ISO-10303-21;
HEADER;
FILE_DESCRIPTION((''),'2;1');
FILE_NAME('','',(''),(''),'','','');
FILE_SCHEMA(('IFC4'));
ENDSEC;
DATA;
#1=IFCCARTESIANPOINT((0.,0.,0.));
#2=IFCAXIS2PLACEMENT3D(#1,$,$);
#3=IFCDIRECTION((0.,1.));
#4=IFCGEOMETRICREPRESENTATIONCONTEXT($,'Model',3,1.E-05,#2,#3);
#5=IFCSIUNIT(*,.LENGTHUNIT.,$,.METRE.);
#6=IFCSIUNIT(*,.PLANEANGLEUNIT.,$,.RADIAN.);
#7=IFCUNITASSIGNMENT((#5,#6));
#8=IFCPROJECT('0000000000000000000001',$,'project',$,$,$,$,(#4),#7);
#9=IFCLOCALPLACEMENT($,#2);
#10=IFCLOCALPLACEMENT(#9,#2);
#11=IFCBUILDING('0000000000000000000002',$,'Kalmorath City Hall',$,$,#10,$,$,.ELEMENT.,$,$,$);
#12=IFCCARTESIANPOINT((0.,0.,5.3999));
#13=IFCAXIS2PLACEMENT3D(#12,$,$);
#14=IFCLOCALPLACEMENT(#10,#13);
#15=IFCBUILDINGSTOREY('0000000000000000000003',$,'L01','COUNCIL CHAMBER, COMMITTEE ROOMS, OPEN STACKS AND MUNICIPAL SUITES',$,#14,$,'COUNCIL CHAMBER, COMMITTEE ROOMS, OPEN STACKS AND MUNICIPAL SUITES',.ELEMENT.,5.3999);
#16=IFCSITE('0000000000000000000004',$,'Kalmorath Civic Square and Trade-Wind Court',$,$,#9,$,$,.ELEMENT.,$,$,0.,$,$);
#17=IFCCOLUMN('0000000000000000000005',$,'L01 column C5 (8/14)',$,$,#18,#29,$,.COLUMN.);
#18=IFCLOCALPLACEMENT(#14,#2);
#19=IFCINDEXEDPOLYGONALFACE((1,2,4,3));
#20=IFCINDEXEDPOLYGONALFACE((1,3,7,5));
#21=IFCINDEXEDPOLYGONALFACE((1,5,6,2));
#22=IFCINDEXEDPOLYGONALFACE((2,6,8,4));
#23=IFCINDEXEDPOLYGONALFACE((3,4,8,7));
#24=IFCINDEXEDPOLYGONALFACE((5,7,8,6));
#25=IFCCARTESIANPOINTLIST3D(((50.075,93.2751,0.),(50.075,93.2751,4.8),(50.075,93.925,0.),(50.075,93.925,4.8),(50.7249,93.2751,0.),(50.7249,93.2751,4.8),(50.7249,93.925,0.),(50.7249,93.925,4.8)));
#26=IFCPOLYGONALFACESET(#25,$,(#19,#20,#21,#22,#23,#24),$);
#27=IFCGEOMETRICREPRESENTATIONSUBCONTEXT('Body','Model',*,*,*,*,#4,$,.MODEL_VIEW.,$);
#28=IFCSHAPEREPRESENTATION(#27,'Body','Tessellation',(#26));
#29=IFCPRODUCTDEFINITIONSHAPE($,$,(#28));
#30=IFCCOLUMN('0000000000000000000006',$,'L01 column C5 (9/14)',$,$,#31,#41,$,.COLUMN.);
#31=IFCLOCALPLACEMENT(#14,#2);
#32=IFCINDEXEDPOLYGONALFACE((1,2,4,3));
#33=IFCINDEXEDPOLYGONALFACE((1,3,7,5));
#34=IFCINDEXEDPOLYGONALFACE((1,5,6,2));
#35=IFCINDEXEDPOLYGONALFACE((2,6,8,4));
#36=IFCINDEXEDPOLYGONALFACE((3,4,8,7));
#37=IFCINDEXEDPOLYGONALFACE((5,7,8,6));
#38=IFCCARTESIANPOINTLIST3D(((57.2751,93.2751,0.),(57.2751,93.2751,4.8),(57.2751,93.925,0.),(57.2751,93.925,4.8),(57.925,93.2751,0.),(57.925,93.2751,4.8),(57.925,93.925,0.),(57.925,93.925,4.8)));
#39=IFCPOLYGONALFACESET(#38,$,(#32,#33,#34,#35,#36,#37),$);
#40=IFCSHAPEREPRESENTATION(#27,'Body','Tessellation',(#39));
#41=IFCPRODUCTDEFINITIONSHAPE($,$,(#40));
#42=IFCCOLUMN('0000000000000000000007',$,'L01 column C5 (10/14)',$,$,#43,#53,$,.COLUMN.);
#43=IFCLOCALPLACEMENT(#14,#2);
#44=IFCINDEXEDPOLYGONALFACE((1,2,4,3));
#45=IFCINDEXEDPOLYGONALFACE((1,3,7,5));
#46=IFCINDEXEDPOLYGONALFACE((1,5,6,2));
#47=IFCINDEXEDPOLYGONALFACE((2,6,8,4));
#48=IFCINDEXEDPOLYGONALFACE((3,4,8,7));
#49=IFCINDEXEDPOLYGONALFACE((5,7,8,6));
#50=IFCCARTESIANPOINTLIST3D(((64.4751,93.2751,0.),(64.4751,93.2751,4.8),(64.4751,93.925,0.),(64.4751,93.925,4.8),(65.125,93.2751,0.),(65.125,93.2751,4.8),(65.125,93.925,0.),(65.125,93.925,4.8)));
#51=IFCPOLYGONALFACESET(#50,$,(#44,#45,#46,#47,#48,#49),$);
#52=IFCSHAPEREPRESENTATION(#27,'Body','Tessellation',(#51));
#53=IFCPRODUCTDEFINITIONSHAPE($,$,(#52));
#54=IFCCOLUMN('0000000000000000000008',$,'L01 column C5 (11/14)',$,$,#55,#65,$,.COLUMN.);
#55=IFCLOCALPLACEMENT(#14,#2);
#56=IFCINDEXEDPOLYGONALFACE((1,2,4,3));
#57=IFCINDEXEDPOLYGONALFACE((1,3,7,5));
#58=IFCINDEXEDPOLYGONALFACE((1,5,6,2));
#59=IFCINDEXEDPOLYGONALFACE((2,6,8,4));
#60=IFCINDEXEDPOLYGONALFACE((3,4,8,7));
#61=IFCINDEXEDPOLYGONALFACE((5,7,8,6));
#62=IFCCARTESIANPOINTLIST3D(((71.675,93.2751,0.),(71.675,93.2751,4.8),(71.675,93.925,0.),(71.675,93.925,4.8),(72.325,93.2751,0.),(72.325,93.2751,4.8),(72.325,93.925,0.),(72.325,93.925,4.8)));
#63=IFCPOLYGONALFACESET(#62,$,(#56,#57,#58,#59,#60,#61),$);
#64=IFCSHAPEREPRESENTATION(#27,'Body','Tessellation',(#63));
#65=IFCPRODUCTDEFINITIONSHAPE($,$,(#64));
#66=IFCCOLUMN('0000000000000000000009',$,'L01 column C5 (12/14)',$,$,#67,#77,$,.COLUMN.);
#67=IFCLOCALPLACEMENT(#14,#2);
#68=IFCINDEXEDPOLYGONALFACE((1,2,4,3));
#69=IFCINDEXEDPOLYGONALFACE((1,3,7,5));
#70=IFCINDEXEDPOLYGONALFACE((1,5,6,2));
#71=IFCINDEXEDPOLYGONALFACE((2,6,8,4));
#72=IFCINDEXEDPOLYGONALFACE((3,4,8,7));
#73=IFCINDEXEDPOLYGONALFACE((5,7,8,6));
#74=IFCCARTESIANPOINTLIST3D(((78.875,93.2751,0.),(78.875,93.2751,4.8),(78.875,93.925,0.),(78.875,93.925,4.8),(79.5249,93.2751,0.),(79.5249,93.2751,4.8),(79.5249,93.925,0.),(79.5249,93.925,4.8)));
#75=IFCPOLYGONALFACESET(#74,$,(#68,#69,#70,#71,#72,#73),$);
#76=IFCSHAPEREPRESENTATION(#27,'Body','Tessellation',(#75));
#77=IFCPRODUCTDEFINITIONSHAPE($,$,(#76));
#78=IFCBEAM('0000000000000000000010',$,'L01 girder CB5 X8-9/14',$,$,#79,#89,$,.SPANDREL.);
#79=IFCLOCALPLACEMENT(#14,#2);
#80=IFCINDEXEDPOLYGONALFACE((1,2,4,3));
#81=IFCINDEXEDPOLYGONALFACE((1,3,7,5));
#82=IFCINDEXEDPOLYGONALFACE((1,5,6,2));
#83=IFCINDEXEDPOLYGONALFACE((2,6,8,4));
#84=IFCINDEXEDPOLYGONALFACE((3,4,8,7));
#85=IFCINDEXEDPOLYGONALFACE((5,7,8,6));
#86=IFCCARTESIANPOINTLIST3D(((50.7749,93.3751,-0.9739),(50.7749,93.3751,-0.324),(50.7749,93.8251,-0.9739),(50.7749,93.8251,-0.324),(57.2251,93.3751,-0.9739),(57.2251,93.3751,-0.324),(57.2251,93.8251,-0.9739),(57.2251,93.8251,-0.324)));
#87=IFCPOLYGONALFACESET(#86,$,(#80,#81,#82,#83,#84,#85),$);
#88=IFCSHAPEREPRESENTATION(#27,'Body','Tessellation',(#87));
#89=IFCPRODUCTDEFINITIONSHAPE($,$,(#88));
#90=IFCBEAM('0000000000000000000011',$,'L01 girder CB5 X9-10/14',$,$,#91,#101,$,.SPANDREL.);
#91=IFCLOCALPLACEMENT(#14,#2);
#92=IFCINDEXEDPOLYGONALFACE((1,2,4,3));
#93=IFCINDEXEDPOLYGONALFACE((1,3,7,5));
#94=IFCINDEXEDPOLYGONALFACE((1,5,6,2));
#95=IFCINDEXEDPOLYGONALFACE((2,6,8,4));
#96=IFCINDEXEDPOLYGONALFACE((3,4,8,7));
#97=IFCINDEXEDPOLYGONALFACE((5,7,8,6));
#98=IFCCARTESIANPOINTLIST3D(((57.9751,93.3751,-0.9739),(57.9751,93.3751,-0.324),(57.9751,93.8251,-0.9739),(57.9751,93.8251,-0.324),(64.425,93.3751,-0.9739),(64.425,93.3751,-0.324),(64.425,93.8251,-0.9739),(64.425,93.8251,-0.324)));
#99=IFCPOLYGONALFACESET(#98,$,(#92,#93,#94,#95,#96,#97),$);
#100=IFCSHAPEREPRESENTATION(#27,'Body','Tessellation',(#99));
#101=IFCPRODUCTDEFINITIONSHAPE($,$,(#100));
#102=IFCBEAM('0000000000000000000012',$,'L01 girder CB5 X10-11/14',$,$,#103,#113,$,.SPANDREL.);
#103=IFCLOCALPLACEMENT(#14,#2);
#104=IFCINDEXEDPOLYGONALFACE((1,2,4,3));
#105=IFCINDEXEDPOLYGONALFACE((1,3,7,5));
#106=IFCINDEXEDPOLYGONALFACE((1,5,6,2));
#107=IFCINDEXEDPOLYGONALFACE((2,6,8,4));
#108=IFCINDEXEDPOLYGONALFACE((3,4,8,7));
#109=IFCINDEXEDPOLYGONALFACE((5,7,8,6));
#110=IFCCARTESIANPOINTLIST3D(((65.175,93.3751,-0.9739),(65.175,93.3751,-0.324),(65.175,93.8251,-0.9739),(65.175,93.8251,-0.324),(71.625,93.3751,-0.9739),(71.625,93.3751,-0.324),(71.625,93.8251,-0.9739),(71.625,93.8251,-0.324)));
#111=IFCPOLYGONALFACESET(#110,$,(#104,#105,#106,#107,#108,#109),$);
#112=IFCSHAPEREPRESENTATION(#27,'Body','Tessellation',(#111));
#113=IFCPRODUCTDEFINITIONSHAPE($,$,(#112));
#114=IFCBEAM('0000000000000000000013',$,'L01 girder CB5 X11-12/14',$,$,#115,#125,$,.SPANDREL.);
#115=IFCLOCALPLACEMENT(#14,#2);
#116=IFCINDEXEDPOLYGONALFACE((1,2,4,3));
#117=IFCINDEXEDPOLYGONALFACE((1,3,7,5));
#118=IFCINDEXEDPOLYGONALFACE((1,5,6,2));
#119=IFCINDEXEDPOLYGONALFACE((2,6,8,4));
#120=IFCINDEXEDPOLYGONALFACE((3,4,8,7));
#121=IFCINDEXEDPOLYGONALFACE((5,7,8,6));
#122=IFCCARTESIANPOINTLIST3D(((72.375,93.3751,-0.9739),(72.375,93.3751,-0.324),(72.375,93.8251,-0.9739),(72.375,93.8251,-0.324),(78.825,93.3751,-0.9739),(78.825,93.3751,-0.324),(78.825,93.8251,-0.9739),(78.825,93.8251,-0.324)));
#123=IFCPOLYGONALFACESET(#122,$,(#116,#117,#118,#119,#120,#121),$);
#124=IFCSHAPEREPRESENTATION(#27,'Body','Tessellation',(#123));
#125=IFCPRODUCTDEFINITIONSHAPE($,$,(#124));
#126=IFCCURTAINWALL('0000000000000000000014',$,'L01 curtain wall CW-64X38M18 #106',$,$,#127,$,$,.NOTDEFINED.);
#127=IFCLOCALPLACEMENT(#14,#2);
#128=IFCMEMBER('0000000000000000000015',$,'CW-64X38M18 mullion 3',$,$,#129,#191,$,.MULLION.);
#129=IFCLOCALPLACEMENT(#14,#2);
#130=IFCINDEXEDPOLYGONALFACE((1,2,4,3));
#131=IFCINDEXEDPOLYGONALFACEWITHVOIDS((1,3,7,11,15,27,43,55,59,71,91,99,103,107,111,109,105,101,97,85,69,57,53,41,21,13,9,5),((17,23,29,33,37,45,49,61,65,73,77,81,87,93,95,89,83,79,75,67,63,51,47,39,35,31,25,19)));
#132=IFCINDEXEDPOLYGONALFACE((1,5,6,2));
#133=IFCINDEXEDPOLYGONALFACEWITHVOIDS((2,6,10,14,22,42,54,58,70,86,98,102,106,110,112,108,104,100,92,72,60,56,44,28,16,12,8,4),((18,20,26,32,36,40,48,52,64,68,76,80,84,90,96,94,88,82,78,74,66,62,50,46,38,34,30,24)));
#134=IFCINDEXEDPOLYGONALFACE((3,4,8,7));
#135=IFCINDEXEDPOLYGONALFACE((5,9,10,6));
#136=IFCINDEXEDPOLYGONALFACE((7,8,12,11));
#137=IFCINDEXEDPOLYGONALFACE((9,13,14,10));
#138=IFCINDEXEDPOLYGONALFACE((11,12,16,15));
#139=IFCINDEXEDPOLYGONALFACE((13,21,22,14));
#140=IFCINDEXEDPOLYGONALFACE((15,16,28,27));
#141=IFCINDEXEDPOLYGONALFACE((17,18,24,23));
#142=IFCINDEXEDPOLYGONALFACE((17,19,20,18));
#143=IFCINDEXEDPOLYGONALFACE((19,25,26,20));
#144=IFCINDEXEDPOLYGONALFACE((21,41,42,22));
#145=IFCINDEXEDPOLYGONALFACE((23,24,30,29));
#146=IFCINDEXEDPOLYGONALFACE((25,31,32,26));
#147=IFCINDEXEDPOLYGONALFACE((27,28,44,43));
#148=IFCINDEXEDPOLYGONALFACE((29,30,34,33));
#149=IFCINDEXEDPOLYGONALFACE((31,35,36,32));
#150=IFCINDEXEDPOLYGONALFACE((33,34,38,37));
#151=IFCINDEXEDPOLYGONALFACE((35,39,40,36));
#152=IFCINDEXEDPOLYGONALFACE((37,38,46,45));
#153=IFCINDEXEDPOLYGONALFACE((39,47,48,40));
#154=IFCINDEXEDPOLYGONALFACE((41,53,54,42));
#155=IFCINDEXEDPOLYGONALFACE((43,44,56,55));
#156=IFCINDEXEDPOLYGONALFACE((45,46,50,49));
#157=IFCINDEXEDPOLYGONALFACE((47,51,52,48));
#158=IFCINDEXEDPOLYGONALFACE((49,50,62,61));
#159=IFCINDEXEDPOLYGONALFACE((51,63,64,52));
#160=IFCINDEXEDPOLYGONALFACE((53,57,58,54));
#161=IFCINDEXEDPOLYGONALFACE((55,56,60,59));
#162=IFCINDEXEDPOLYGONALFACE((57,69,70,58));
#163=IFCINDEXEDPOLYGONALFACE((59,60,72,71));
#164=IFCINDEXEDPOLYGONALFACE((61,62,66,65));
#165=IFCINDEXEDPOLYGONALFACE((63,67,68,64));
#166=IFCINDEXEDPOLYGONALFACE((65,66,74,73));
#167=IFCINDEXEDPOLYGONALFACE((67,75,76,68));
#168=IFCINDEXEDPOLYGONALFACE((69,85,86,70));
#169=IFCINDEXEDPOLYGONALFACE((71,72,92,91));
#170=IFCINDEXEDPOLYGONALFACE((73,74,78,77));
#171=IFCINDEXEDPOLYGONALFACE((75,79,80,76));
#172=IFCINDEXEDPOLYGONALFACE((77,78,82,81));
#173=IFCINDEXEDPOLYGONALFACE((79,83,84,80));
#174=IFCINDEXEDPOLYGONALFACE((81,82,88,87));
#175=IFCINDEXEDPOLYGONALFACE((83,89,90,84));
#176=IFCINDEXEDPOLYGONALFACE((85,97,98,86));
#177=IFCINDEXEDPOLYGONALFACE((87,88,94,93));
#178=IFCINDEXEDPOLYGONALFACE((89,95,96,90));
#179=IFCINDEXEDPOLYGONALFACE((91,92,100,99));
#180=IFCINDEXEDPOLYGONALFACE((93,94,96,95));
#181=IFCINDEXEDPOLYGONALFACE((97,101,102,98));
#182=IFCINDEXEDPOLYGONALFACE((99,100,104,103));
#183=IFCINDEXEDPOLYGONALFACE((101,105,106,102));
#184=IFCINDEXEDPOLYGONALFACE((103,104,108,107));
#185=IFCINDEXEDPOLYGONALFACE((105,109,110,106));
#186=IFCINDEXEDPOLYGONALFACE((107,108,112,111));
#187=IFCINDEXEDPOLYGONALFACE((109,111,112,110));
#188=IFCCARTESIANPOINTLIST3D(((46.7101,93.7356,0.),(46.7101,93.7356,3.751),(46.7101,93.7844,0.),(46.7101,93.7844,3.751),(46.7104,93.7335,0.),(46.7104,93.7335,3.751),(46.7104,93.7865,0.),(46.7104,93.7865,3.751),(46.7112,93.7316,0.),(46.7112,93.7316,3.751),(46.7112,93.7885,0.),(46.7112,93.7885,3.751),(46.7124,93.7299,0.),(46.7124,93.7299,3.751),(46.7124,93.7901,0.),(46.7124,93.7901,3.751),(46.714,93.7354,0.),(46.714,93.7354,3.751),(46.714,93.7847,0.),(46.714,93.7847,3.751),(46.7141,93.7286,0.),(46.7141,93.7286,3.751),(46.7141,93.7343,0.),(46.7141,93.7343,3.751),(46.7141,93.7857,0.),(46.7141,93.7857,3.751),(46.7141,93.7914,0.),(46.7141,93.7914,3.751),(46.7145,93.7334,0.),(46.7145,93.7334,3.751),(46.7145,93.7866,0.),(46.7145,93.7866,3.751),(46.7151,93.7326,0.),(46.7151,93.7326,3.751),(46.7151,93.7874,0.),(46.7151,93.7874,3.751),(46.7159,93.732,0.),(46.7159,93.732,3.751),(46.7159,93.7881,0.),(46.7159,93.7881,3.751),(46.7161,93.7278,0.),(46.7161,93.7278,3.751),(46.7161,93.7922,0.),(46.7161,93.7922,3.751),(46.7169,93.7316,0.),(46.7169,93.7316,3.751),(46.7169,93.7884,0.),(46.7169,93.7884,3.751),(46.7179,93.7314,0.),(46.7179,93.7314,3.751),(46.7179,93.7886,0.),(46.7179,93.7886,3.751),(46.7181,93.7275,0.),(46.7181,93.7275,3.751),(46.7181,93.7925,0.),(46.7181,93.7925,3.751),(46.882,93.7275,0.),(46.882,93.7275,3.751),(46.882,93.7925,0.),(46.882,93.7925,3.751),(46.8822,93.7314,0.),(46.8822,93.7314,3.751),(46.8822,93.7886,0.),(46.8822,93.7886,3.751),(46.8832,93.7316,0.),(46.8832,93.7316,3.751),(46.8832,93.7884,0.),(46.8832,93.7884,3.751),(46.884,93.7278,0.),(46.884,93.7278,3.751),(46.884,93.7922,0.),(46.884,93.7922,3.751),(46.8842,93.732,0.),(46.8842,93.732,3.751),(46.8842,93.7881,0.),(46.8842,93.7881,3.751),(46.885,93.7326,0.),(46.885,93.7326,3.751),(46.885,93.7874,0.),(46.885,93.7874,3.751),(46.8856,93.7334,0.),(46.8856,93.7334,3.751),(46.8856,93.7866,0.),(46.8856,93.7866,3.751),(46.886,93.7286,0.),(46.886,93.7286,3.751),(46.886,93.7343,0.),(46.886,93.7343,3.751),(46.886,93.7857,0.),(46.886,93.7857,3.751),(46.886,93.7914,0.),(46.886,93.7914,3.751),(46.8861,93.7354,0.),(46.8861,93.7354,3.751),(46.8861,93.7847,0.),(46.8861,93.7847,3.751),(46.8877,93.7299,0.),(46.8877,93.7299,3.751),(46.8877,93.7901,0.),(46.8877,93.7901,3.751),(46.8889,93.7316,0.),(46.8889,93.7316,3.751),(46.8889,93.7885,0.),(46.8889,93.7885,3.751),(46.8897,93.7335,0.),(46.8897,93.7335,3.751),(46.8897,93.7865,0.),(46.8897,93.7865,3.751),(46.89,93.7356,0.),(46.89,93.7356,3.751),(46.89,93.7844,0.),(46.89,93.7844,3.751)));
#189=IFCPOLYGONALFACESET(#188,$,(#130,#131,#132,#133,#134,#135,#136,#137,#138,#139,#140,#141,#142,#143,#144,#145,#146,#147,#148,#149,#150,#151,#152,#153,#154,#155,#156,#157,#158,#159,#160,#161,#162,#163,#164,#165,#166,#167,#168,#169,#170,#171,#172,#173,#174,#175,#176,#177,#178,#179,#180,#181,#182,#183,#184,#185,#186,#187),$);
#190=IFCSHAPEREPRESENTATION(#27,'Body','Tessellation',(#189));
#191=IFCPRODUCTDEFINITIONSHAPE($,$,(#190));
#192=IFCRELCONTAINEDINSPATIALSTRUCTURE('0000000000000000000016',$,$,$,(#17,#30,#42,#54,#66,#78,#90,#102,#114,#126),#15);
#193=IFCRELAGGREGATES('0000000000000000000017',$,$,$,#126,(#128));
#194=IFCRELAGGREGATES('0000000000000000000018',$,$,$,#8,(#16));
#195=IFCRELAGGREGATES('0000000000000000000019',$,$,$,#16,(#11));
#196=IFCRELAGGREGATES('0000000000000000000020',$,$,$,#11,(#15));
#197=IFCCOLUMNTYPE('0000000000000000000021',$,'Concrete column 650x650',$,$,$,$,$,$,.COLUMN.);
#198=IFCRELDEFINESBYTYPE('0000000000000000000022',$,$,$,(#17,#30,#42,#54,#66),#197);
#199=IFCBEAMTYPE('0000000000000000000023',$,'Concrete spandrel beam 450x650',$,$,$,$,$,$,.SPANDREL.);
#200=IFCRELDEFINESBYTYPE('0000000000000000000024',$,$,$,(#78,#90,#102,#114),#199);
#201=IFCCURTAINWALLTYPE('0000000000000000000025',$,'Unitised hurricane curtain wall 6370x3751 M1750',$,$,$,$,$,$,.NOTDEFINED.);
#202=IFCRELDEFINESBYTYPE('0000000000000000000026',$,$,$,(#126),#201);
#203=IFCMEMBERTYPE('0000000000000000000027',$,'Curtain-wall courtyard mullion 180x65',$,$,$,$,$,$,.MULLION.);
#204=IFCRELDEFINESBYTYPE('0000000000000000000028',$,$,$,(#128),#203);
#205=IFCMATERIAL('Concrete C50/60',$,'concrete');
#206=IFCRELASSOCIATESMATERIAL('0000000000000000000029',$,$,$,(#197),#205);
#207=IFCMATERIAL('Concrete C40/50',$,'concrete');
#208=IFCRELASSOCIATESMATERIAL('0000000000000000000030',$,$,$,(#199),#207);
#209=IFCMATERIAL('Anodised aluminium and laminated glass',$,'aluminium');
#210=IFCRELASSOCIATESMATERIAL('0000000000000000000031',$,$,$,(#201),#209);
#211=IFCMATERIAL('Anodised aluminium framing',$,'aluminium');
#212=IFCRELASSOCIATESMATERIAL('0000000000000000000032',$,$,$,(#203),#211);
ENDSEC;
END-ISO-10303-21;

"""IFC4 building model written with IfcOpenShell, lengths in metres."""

from ifc_helpers import new_model, si_unit, direction, frame, origin, origin_2d, place, context, subcontext, project, spatial, rectangle, hollow_rectangle, extrude, material, material_profile, profile_set, type_object, element, aggregate, save


model = new_model("IFC4")

# Units and contexts
model_context = context("Model", 3, precision=1e-05, world=origin(), true_north=direction((0.0, 1.0)))
body_context = subcontext(model_context, "Body", "Model", "MODEL_VIEW")
ifc_project = project(units=[si_unit("LENGTHUNIT", "METRE"), si_unit("PLANEANGLEUNIT", "RADIAN")], contexts=[model_context])

# Site, building, storey
site_placement = place(None, origin())
site = spatial("IfcSite", under=ifc_project, at=site_placement, Name="Kalmorath Civic Square and Trade-Wind Court", CompositionType="ELEMENT", RefElevation=0.0)
building_placement = place(site_placement, origin())
building = spatial("IfcBuilding", under=site, at=building_placement, Name="Kalmorath City Hall", CompositionType="ELEMENT")
storey_placement = place(building_placement, frame((0.0, 0.0, 5.3999)))
storey = spatial("IfcBuildingStorey", under=building, at=storey_placement, Name="L01", Description="COUNCIL CHAMBER, COMMITTEE ROOMS, OPEN STACKS AND MUNICIPAL SUITES", LongName="COUNCIL CHAMBER, COMMITTEE ROOMS, OPEN STACKS AND MUNICIPAL SUITES", CompositionType="ELEMENT", Elevation=5.3999)

# Columns
ifc_material_1 = material(Name="Concrete C50/60", Category="concrete")
ifc_material_profile_1 = material_profile(ifc_material_1, rectangle(XDim=0.6499, YDim=0.6499, at=origin_2d()), Name="RC-COL-650X650")
ifc_profile_set_1 = profile_set([ifc_material_profile_1], Name="Concrete C50/60")
column_type = type_object("IfcColumnType", Name="Concrete column 650x650", PredefinedType="COLUMN", material=ifc_profile_set_1)
for number, where, z_axis, x_axis, name in (
    (1, (50.3999, 93.6001, 0.0), (0.0, 0.0, 1.0), (1.0, 0.0, 0.0), "L01 column C5 (8/14)"),
    (2, (57.6001, 93.6001, 0.0), (0.0, 0.0, 1.0), (1.0, 0.0, 0.0), "L01 column C5 (9/14)"),
    (3, (64.8, 93.6001, 0.0), (0.0, 0.0, 1.0), (1.0, 0.0, 0.0), "L01 column C5 (10/14)"),
    (4, (72.0, 93.6001, 0.0), (0.0, 0.0, 1.0), (1.0, 0.0, 0.0), "L01 column C5 (11/14)"),
    (5, (79.2, 93.6001, 0.0), (0.0, 0.0, 1.0), (1.0, 0.0, 0.0), "L01 column C5 (12/14)"),
):
    element("IfcColumn", number, at=place(storey_placement, frame(where, z_axis=z_axis, x_axis=x_axis)), inside=storey, type_object=column_type, Name=name, PredefinedType="COLUMN", context=body_context, shape_type="SweptSolid", body=[
        extrude(rectangle(XDim=0.6499, YDim=0.6499, at=origin_2d()), origin(), (0.0, 0.0, 1.0), 4.8),
    ])

# Beams
ifc_material_2 = material(Name="Concrete C40/50", Category="concrete")
ifc_material_profile_2 = material_profile(ifc_material_2, rectangle(XDim=0.45, YDim=0.6499, at=origin_2d()), Name="RC-BM-450X650")
ifc_profile_set_2 = profile_set([ifc_material_profile_2], Name="Concrete C40/50")
beam_type = type_object("IfcBeamType", Name="Concrete spandrel beam 450x650", PredefinedType="SPANDREL", material=ifc_profile_set_2)
beam_placement = place(storey_placement, frame((50.7749, 93.6001, -0.6489), z_axis=(1.0, 0.0, 0.0), x_axis=(0.0, 1.0, 0.0)))
element("IfcBeam", 6, at=beam_placement, inside=storey, type_object=beam_type, Name="L01 girder CB5 X8-9/14", PredefinedType="SPANDREL", context=body_context, shape_type="SweptSolid", body=[
    extrude(rectangle(XDim=0.45, YDim=0.6499, at=origin_2d()), origin(), (0.0, 0.0, 1.0), 6.4502),
])
for number, where, z_axis, x_axis, name in (
    (7, (57.9751, 93.6001, -0.6489), (1.0, 0.0, 0.0), (0.0, 1.0, 0.0), "L01 girder CB5 X9-10/14"),
    (8, (65.175, 93.6001, -0.6489), (1.0, 0.0, 0.0), (0.0, 1.0, 0.0), "L01 girder CB5 X10-11/14"),
    (9, (72.375, 93.6001, -0.6489), (1.0, 0.0, 0.0), (0.0, 1.0, 0.0), "L01 girder CB5 X11-12/14"),
):
    element("IfcBeam", number, at=place(storey_placement, frame(where, z_axis=z_axis, x_axis=x_axis)), inside=storey, type_object=beam_type, Name=name, PredefinedType="SPANDREL", context=body_context, shape_type="SweptSolid", body=[
        extrude(rectangle(XDim=0.45, YDim=0.6499, at=origin_2d()), origin(), (0.0, 0.0, 1.0), 6.45),
    ])

# Curtain wall, member
ifc_material_3 = material(Name="Anodised aluminium and laminated glass", Category="aluminium")
curtain_wall_type = type_object("IfcCurtainWallType", Name="Unitised hurricane curtain wall 6370x3751 M1750", PredefinedType="NOTDEFINED", material=ifc_material_3)
curtain_wall_placement = place(storey_placement, origin())
curtain_wall = element("IfcCurtainWall", 10, at=curtain_wall_placement, inside=storey, type_object=curtain_wall_type, Name="L01 curtain wall CW-64X38M18 #106", PredefinedType="NOTDEFINED")
ifc_material_4 = material(Name="Anodised aluminium framing", Category="aluminium")
ifc_material_profile_3 = material_profile(ifc_material_4, hollow_rectangle(XDim=0.0649, YDim=0.1799, WallThickness=0.0039, InnerFilletRadius=0.0039, OuterFilletRadius=0.0081, at=origin_2d()), Name="ALU-MUL-180X65X4")
ifc_profile_set_3 = profile_set([ifc_material_profile_3], Name="Anodised aluminium framing")
member_type_1 = type_object("IfcMemberType", Name="Curtain-wall courtyard mullion 180x65", PredefinedType="MULLION", material=ifc_profile_set_3)
member_1_placement = place(storey_placement, frame((46.8, 93.76, 0.0), z_axis=(0.0, 0.0, 1.0), x_axis=(0.0, -1.0, 0.0)))
member_1 = element("IfcMember", 11, at=member_1_placement, type_object=member_type_1, Name="CW-64X38M18 mullion 3", PredefinedType="MULLION", context=body_context, shape_type="SweptSolid", body=[
    extrude(hollow_rectangle(XDim=0.0649, YDim=0.1799, WallThickness=0.0039, InnerFilletRadius=0.0039, OuterFilletRadius=0.0081, at=origin_2d()), origin(), (0.0, 0.0, 1.0), 3.751),
])
aggregate(curtain_wall, [member_1])

save(model, "model.ifc")
